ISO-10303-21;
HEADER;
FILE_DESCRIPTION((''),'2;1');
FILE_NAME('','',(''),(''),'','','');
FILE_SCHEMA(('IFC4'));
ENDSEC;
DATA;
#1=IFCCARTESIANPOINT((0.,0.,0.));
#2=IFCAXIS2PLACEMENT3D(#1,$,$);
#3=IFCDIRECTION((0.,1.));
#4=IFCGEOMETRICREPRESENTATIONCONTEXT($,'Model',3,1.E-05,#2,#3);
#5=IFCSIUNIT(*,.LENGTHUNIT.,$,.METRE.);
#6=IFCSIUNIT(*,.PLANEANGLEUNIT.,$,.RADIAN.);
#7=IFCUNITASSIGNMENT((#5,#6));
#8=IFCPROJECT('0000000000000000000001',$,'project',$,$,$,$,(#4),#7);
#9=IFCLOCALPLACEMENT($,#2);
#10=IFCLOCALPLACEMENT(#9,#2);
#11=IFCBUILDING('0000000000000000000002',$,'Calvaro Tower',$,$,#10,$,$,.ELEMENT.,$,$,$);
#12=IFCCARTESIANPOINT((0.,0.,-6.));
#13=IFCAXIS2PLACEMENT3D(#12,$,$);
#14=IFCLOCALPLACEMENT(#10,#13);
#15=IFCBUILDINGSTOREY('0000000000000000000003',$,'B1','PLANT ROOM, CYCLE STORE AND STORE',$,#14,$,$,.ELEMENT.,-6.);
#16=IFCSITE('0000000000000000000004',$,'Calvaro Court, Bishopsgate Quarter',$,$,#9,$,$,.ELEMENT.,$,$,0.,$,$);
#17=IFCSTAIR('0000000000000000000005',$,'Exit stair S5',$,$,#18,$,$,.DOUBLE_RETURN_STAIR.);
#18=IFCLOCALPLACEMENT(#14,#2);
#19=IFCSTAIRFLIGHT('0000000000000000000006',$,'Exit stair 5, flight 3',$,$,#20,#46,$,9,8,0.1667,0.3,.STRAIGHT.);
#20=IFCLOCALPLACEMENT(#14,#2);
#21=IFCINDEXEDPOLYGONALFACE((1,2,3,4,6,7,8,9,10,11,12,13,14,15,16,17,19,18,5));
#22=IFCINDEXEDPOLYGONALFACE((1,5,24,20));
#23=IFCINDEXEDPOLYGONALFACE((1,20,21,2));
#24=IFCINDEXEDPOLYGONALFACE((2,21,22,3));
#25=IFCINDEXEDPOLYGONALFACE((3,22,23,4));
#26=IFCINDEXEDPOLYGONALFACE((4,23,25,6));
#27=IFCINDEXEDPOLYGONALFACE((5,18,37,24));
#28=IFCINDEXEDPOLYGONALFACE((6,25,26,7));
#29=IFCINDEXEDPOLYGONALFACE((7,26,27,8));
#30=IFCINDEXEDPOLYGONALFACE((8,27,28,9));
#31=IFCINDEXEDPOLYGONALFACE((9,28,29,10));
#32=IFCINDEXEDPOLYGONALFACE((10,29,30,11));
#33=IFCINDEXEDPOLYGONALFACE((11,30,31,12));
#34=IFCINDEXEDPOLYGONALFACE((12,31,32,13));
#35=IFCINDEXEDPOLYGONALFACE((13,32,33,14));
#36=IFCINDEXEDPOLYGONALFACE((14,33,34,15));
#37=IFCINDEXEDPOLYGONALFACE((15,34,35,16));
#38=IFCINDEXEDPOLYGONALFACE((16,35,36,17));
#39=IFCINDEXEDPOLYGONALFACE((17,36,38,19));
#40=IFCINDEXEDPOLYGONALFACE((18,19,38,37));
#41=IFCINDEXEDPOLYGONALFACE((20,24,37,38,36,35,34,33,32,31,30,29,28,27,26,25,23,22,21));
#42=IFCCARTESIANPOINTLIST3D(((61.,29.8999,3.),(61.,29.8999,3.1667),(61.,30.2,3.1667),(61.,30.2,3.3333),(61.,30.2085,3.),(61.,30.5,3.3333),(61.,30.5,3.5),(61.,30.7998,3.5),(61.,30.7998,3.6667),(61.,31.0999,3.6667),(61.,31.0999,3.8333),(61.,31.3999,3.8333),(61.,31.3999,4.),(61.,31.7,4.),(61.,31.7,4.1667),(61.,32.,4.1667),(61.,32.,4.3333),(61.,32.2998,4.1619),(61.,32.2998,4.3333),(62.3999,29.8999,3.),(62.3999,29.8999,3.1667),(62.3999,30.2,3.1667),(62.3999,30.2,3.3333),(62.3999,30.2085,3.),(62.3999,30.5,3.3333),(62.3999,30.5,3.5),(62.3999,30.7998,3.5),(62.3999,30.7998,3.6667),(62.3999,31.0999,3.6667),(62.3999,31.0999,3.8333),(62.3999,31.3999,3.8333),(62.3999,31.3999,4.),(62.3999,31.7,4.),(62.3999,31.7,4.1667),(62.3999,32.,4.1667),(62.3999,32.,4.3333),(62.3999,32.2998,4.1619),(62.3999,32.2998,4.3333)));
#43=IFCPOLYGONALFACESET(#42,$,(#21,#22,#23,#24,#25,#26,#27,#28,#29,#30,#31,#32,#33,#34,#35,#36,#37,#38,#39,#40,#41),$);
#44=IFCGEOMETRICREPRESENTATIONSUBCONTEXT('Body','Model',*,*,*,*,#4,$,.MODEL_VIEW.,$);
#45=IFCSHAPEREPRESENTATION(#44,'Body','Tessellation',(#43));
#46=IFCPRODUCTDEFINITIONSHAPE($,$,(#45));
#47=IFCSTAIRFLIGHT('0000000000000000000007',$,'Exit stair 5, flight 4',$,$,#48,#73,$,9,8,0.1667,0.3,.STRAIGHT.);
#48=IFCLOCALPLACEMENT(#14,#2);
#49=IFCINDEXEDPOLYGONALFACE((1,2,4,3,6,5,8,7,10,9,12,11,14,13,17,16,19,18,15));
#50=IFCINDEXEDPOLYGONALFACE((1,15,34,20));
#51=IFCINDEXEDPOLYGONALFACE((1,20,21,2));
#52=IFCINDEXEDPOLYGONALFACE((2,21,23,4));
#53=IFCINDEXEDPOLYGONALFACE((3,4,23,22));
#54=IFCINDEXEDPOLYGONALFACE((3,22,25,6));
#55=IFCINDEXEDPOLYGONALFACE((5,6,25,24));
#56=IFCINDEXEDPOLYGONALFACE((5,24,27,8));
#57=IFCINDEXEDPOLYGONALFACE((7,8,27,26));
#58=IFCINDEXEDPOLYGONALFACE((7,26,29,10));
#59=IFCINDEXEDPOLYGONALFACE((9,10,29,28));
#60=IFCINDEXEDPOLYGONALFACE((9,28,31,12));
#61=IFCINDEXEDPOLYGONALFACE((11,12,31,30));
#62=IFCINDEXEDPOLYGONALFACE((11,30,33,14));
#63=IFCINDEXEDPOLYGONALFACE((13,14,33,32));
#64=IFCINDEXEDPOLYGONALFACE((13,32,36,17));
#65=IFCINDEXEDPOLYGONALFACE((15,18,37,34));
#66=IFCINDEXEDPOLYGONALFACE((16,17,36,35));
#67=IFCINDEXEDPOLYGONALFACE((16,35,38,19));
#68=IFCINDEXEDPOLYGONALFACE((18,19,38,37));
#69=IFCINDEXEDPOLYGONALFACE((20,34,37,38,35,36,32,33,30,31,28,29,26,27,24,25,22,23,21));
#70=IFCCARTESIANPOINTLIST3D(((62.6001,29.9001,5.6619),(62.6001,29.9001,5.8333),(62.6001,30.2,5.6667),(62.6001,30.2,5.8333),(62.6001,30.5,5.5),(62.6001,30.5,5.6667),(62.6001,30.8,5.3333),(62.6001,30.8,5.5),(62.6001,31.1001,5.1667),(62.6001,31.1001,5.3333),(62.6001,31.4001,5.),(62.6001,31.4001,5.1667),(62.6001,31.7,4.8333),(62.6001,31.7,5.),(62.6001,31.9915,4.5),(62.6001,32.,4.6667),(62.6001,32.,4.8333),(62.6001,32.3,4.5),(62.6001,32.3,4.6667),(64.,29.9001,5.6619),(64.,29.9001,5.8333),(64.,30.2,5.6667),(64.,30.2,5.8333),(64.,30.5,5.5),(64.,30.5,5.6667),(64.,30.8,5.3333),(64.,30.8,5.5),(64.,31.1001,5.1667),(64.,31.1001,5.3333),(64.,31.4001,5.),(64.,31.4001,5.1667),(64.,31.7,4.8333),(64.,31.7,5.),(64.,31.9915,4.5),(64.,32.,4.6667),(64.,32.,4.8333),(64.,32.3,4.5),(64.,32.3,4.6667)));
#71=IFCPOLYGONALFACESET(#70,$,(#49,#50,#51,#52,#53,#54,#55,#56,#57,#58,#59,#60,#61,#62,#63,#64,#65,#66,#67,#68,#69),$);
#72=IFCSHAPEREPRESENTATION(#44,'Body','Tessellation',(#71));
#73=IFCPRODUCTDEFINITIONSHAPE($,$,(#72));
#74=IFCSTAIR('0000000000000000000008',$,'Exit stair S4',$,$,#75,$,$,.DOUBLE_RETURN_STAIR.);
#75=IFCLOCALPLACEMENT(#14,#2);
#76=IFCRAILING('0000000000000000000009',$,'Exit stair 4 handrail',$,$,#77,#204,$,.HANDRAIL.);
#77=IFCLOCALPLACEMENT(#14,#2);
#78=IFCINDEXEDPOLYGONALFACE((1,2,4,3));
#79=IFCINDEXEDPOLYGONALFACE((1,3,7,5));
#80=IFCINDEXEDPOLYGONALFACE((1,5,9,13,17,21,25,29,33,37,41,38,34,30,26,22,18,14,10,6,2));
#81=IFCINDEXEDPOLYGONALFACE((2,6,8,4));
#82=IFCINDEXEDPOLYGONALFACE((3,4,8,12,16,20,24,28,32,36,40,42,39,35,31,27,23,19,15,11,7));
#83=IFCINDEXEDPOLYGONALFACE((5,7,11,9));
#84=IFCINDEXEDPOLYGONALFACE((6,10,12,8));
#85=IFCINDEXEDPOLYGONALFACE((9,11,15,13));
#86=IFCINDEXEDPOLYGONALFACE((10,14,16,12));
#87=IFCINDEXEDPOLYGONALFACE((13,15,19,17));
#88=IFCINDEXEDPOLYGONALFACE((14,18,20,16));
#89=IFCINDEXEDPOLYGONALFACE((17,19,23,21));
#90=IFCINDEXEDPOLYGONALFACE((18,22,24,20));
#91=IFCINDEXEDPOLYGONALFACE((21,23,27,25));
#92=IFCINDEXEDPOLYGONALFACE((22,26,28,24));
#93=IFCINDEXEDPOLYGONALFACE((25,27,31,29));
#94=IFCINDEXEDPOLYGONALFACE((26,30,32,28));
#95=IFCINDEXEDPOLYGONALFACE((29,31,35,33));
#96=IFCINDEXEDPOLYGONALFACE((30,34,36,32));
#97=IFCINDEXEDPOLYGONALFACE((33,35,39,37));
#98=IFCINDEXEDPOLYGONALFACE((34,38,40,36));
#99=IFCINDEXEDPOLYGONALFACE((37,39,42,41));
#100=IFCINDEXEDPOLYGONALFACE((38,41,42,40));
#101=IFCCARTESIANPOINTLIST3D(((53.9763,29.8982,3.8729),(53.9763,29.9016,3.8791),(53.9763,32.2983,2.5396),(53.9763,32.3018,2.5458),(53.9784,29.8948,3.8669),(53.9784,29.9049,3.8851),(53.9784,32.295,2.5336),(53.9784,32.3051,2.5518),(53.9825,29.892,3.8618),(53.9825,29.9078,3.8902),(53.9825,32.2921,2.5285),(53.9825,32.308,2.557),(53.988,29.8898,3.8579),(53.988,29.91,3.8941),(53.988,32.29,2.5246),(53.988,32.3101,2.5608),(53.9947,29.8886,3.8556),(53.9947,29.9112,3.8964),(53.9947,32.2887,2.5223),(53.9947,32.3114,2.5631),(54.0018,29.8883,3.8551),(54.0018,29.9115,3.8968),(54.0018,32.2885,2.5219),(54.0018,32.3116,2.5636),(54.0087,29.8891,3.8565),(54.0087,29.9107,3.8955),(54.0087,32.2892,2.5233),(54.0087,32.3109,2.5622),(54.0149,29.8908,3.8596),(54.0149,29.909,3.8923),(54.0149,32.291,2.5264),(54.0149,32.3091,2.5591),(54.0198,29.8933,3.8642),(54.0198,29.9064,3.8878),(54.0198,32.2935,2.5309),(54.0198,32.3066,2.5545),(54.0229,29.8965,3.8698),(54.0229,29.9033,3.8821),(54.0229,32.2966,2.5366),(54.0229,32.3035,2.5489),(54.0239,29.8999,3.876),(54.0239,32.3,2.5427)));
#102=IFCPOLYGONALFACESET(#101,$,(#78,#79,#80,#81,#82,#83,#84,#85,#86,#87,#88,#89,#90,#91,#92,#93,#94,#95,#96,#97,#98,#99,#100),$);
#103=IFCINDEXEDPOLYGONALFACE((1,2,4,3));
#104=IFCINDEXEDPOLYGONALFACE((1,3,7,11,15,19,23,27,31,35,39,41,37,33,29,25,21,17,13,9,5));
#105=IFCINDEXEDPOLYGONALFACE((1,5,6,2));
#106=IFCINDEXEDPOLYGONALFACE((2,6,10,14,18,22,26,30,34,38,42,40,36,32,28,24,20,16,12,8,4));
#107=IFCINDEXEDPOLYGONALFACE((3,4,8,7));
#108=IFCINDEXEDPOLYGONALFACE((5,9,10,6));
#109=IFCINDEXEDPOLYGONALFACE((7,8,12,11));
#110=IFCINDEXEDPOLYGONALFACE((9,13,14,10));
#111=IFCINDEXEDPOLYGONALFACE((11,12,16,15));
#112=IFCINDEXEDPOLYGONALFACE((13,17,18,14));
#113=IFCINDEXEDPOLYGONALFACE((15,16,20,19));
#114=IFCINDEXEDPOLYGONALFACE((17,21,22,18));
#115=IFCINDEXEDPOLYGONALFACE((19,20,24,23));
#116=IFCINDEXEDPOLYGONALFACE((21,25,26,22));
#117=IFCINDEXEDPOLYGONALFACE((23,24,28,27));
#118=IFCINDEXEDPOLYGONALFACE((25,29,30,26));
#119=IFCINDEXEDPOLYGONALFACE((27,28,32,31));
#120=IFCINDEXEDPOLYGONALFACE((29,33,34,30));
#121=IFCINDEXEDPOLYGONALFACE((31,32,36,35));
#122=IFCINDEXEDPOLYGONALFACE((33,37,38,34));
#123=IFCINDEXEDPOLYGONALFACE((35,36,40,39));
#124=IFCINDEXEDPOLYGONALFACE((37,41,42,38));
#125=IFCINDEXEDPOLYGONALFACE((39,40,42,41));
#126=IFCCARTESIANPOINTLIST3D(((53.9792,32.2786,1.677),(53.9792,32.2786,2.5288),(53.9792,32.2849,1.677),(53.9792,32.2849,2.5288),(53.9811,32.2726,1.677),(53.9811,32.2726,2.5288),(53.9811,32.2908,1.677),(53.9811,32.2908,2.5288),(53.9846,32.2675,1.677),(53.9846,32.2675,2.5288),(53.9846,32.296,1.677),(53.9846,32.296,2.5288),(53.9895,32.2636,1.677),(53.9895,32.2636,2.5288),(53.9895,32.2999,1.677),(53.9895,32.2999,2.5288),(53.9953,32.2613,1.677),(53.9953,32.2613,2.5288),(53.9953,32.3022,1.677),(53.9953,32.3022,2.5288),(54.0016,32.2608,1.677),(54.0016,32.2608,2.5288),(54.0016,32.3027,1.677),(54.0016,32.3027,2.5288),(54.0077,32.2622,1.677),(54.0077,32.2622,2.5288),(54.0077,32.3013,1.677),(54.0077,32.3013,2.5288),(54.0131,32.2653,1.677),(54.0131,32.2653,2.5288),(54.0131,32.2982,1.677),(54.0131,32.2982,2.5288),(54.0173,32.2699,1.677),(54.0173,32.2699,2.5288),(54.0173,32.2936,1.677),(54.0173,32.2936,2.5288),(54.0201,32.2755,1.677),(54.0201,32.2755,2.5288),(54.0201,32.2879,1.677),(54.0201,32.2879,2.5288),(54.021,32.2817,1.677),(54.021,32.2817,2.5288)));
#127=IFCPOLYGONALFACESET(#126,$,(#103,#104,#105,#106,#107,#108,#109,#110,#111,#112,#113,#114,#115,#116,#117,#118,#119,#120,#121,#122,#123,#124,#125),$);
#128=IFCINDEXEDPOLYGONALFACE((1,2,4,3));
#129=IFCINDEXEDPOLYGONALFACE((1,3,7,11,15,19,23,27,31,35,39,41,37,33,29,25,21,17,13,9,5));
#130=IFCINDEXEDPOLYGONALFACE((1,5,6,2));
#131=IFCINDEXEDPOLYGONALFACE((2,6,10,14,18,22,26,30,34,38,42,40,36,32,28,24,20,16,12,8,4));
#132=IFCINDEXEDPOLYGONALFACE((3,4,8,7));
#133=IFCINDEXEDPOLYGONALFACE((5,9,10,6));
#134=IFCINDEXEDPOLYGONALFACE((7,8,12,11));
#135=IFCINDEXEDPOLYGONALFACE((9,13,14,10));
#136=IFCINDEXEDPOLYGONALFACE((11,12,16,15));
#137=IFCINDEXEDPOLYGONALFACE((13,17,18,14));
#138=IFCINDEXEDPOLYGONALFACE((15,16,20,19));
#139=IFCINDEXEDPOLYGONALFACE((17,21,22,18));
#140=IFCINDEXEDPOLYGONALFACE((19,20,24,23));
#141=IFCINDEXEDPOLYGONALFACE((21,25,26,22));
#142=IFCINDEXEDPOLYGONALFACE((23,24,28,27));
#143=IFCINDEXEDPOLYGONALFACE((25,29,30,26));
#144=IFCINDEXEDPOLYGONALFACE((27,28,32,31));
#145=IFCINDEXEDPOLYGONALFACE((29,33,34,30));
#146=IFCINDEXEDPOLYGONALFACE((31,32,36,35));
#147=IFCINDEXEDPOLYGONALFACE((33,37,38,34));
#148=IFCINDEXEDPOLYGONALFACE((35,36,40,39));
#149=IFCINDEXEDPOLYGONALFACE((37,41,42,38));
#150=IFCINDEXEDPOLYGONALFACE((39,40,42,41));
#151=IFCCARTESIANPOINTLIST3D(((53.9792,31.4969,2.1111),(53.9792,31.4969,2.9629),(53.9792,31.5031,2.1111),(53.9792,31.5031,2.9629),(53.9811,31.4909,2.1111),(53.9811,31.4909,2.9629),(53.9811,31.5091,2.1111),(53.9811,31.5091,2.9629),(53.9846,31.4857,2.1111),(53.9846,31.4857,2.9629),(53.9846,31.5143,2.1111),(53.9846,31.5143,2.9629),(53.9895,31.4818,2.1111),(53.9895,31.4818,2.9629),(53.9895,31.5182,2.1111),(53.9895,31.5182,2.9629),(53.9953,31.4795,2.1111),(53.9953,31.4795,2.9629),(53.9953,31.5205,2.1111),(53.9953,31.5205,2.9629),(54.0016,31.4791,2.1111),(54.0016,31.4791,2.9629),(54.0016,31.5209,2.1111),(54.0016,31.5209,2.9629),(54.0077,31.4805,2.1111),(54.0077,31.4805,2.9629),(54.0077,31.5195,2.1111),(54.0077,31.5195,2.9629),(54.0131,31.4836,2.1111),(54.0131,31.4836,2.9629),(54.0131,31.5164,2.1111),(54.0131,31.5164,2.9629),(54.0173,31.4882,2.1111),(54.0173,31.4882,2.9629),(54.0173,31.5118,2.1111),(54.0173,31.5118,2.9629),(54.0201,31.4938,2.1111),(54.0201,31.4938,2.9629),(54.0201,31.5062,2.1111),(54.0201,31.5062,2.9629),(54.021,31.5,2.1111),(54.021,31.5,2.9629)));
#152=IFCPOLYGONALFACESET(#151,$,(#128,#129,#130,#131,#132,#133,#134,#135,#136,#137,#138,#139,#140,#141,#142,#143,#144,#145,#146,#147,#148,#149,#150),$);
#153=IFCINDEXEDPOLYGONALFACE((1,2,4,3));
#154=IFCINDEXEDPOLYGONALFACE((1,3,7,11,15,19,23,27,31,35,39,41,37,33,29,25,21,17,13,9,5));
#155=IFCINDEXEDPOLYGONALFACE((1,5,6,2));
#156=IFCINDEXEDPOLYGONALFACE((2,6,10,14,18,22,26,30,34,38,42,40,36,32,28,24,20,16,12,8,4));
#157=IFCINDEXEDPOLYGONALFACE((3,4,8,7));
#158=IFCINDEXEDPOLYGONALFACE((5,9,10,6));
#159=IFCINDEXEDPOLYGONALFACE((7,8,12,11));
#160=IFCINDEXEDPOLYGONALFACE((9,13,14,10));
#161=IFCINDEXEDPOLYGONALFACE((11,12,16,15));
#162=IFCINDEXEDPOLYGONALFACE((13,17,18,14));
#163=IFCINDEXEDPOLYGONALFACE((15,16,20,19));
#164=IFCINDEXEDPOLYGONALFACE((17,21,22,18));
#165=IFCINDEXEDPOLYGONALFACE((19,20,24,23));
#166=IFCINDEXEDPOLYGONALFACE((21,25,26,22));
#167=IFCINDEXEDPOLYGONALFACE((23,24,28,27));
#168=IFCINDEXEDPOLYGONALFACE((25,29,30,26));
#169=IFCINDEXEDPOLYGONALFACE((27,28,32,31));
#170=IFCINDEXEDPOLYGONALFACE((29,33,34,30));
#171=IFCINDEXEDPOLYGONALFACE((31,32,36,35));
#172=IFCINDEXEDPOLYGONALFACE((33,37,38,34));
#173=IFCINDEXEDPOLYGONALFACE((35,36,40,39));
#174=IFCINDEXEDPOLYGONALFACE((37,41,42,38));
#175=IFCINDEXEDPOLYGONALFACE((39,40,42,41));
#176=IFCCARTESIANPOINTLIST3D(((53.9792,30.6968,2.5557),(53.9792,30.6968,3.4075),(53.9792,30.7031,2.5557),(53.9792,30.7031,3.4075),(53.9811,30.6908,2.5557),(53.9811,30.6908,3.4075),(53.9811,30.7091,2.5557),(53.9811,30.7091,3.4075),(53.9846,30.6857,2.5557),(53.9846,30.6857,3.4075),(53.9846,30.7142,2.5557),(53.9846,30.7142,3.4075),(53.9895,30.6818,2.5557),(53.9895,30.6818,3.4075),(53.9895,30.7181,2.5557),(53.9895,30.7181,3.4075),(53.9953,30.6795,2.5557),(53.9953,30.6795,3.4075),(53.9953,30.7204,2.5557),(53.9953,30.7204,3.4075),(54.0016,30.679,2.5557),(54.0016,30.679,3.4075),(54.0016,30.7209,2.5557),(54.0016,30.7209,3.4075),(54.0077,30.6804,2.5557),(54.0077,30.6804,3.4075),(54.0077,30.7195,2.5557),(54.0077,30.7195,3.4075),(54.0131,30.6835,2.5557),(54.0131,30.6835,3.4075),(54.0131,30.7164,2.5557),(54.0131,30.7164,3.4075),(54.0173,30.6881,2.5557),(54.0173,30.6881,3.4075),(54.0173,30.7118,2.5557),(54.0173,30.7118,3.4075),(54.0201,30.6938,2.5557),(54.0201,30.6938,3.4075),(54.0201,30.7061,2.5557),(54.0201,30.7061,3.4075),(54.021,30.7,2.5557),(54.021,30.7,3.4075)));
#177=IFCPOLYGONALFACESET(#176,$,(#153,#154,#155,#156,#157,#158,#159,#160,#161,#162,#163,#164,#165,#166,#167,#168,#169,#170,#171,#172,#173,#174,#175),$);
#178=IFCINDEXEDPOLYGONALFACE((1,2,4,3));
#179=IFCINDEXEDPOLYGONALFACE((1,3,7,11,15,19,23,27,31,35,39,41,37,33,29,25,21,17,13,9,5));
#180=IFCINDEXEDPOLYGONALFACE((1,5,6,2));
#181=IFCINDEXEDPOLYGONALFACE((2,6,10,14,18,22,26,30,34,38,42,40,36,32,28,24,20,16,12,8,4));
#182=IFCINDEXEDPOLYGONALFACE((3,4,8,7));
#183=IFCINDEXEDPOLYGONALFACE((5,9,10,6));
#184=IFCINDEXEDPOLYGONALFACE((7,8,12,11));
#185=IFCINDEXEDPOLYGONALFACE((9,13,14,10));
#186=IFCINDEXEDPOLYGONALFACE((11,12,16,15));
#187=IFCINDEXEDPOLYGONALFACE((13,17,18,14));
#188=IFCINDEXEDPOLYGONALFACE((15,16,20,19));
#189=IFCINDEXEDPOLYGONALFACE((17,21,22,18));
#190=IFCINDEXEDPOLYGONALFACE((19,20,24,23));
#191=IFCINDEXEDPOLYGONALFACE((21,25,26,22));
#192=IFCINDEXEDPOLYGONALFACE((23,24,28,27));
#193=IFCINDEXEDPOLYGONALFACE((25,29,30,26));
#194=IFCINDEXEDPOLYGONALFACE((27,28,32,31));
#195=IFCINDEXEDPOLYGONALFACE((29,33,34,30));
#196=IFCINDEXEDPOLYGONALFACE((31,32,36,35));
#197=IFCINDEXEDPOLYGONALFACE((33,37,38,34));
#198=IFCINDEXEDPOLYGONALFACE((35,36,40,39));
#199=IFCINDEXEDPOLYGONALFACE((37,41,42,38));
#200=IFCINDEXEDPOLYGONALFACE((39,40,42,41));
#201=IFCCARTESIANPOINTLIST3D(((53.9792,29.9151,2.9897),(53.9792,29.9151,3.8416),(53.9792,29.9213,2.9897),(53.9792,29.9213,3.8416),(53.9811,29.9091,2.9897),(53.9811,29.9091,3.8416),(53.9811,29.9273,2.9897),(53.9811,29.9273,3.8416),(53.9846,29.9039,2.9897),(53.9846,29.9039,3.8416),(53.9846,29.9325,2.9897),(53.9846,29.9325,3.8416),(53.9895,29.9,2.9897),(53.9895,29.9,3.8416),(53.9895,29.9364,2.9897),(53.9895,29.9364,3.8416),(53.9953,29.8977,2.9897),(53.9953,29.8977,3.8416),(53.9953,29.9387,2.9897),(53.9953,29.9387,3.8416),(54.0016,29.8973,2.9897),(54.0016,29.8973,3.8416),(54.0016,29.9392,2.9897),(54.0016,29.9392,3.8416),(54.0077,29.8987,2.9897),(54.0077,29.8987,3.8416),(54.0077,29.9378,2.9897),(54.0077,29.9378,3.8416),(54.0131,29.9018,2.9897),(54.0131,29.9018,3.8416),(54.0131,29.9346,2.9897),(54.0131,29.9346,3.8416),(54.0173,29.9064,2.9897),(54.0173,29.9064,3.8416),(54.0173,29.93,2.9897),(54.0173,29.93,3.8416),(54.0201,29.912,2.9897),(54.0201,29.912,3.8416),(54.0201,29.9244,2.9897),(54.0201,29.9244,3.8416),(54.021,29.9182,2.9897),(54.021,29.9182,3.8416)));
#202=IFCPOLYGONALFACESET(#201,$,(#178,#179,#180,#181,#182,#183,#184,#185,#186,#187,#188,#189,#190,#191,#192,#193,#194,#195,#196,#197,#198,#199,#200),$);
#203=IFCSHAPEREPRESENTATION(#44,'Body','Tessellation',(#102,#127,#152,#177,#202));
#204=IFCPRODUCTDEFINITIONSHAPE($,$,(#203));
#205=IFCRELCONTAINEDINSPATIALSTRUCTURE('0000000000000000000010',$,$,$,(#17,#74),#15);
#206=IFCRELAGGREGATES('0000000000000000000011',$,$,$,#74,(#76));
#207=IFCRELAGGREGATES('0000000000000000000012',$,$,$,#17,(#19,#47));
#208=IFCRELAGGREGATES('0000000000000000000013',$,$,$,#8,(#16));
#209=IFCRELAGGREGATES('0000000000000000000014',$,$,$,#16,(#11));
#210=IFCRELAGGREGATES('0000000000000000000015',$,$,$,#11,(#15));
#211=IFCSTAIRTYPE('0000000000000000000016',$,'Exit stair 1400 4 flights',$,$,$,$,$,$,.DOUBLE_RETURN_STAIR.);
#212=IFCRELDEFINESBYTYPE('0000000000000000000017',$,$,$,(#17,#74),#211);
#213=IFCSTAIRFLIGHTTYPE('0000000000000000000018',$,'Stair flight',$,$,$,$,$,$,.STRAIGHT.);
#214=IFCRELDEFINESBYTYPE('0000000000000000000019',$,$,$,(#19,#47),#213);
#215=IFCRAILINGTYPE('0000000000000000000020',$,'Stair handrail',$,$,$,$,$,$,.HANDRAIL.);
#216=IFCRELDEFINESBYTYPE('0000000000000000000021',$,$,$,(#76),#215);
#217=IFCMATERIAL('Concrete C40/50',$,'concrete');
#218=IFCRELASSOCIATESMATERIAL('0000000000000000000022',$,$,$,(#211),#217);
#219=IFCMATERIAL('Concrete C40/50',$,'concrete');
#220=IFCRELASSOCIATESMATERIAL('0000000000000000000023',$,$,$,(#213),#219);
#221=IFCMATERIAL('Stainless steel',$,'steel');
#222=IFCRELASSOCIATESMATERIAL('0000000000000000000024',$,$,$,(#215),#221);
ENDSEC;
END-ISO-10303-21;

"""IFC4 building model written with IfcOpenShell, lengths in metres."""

from ifc_helpers import new_model, si_unit, direction, frame, origin, origin_2d, place, context, subcontext, project, spatial, polyline, circle, outline, extrude, material, type_object, element, aggregate, save


model = new_model("IFC4")

# Units and contexts
model_context = context("Model", 3, precision=1e-05, world=origin(), true_north=direction((0.0, 1.0)))
body_context = subcontext(model_context, "Body", "Model", "MODEL_VIEW")
ifc_project = project(units=[si_unit("LENGTHUNIT", "METRE"), si_unit("PLANEANGLEUNIT", "RADIAN")], contexts=[model_context])

# Site, building, storey
site_placement = place(None, origin())
site = spatial("IfcSite", under=ifc_project, at=site_placement, Name="Calvaro Court, Bishopsgate Quarter", CompositionType="ELEMENT", RefElevation=0.0)
building_placement = place(site_placement, origin())
building = spatial("IfcBuilding", under=site, at=building_placement, Name="Calvaro Tower", CompositionType="ELEMENT")
storey_placement = place(building_placement, frame((0.0, 0.0, -6.0)))
storey = spatial("IfcBuildingStorey", under=building, at=storey_placement, Name="B1", Description="PLANT ROOM, CYCLE STORE AND STORE", CompositionType="ELEMENT", Elevation=-6.0)

# Stair, stair flights
ifc_material_1 = material(Name="Concrete C40/50", Category="concrete")
stair_type = type_object("IfcStairType", Name="Exit stair 1400 4 flights", PredefinedType="DOUBLE_RETURN_STAIR", material=ifc_material_1)
stair_1_placement = place(storey_placement, origin())
stair_1 = element("IfcStair", 1, at=stair_1_placement, inside=storey, type_object=stair_type, Name="Exit stair S5", PredefinedType="DOUBLE_RETURN_STAIR")
ifc_material_2 = material(Name="Concrete C40/50", Category="concrete")
stair_flight_type = type_object("IfcStairFlightType", Name="Stair flight", PredefinedType="STRAIGHT", material=ifc_material_2)
stair_flight_1_placement = place(storey_placement, frame((61.7, 29.8999, 3.0), z_axis=(0.0, 0.0, 1.0), x_axis=(0.0, 1.0, 0.0)))
stair_flight_1 = element("IfcStairFlight", 2, at=stair_flight_1_placement, type_object=stair_flight_type, Name="Exit stair 5, flight 3", NumberOfRisers=9, NumberOfTreads=8, PredefinedType="STRAIGHT", RiserHeight=0.1667, TreadLength=0.3, context=body_context, shape_type="SweptSolid", body=[
    extrude(outline(polyline([(0.0, 0.0), (0.0, 0.1667), (0.3, 0.1667), (0.3, 0.3333), (0.6001, 0.3333), (0.6001, 0.5), (0.8999, 0.5), (0.8999, 0.6667), (1.2, 0.6667), (1.2, 0.8333), (1.5, 0.8333), (1.5, 1.0), (1.8, 1.0), (1.8, 1.1667), (2.1001, 1.1667), (2.1001, 1.3333), (2.3999, 1.3333), (2.3999, 1.5), (2.3999, 1.1619), (0.3086, 0.0), (0.0, 0.0)])), frame((0.0, 0.7, 0.0), z_axis=(0.0, -1.0, 0.0), x_axis=(1.0, 0.0, 0.0)), (0.0, 0.0, 1.0), 1.3999),
])
stair_flight_2_placement = place(storey_placement, frame((63.3, 32.3, 4.5), z_axis=(0.0, 0.0, 1.0), x_axis=(0.0, -1.0, 0.0)))
stair_flight_2 = element("IfcStairFlight", 3, at=stair_flight_2_placement, type_object=stair_flight_type, Name="Exit stair 5, flight 4", NumberOfRisers=9, NumberOfTreads=8, PredefinedType="STRAIGHT", RiserHeight=0.1667, TreadLength=0.3, context=body_context, shape_type="SweptSolid", body=[
    extrude(outline(polyline([(0.0, 0.0), (0.0, 0.1667), (0.3, 0.1667), (0.3, 0.3333), (0.6001, 0.3333), (0.6001, 0.5), (0.8999, 0.5), (0.8999, 0.6667), (1.2, 0.6667), (1.2, 0.8333), (1.5, 0.8333), (1.5, 1.0), (1.8, 1.0), (1.8, 1.1667), (2.1001, 1.1667), (2.1001, 1.3333), (2.3999, 1.3333), (2.3999, 1.5), (2.3999, 1.1619), (0.3086, 0.0), (0.0, 0.0)])), frame((0.0, 0.7, 0.0), z_axis=(0.0, -1.0, 0.0), x_axis=(1.0, 0.0, 0.0)), (0.0, 0.0, 1.0), 1.3999),
])

# Stair, railing
stair_2_placement = place(storey_placement, origin())
stair_2 = element("IfcStair", 4, at=stair_2_placement, inside=storey, type_object=stair_type, Name="Exit stair S4", PredefinedType="DOUBLE_RETURN_STAIR")
ifc_material_3 = material(Name="Stainless steel", Category="steel")
railing_type = type_object("IfcRailingType", Name="Stair handrail", PredefinedType="HANDRAIL", material=ifc_material_3)
railing_1_placement = place(storey_placement, frame((54.0, 32.3, 1.6667)))
railing_1 = element("IfcRailing", 5, at=railing_1_placement, type_object=railing_type, Name="Exit stair 4 handrail", PredefinedType="HANDRAIL", context=body_context, shape_type="SweptSolid", body=[
    extrude(circle(Radius=0.0239, at=origin_2d()), frame((0.0, 0.0, 0.876), z_axis=(0.0, -0.874182, 0.485598), x_axis=(1.0, 0.0, 0.0)), (0.0, 0.0, 1.0), 2.7456),
    extrude(circle(Radius=0.021, at=origin_2d()), frame((0.0, -0.0183, 0.0103)), (0.0, 0.0, 1.0), 0.8518),
    extrude(circle(Radius=0.021, at=origin_2d()), frame((0.0, -0.8, 0.4443)), (0.0, 0.0, 1.0), 0.8518),
    extrude(circle(Radius=0.021, at=origin_2d()), frame((0.0, -1.6001, 0.8889)), (0.0, 0.0, 1.0), 0.8518),
    extrude(circle(Radius=0.021, at=origin_2d()), frame((0.0, -2.3818, 1.323)), (0.0, 0.0, 1.0), 0.8518),
])
aggregate(stair_2, [railing_1])

aggregate(stair_1, [stair_flight_1, stair_flight_2])

save(model, "model.ifc")
